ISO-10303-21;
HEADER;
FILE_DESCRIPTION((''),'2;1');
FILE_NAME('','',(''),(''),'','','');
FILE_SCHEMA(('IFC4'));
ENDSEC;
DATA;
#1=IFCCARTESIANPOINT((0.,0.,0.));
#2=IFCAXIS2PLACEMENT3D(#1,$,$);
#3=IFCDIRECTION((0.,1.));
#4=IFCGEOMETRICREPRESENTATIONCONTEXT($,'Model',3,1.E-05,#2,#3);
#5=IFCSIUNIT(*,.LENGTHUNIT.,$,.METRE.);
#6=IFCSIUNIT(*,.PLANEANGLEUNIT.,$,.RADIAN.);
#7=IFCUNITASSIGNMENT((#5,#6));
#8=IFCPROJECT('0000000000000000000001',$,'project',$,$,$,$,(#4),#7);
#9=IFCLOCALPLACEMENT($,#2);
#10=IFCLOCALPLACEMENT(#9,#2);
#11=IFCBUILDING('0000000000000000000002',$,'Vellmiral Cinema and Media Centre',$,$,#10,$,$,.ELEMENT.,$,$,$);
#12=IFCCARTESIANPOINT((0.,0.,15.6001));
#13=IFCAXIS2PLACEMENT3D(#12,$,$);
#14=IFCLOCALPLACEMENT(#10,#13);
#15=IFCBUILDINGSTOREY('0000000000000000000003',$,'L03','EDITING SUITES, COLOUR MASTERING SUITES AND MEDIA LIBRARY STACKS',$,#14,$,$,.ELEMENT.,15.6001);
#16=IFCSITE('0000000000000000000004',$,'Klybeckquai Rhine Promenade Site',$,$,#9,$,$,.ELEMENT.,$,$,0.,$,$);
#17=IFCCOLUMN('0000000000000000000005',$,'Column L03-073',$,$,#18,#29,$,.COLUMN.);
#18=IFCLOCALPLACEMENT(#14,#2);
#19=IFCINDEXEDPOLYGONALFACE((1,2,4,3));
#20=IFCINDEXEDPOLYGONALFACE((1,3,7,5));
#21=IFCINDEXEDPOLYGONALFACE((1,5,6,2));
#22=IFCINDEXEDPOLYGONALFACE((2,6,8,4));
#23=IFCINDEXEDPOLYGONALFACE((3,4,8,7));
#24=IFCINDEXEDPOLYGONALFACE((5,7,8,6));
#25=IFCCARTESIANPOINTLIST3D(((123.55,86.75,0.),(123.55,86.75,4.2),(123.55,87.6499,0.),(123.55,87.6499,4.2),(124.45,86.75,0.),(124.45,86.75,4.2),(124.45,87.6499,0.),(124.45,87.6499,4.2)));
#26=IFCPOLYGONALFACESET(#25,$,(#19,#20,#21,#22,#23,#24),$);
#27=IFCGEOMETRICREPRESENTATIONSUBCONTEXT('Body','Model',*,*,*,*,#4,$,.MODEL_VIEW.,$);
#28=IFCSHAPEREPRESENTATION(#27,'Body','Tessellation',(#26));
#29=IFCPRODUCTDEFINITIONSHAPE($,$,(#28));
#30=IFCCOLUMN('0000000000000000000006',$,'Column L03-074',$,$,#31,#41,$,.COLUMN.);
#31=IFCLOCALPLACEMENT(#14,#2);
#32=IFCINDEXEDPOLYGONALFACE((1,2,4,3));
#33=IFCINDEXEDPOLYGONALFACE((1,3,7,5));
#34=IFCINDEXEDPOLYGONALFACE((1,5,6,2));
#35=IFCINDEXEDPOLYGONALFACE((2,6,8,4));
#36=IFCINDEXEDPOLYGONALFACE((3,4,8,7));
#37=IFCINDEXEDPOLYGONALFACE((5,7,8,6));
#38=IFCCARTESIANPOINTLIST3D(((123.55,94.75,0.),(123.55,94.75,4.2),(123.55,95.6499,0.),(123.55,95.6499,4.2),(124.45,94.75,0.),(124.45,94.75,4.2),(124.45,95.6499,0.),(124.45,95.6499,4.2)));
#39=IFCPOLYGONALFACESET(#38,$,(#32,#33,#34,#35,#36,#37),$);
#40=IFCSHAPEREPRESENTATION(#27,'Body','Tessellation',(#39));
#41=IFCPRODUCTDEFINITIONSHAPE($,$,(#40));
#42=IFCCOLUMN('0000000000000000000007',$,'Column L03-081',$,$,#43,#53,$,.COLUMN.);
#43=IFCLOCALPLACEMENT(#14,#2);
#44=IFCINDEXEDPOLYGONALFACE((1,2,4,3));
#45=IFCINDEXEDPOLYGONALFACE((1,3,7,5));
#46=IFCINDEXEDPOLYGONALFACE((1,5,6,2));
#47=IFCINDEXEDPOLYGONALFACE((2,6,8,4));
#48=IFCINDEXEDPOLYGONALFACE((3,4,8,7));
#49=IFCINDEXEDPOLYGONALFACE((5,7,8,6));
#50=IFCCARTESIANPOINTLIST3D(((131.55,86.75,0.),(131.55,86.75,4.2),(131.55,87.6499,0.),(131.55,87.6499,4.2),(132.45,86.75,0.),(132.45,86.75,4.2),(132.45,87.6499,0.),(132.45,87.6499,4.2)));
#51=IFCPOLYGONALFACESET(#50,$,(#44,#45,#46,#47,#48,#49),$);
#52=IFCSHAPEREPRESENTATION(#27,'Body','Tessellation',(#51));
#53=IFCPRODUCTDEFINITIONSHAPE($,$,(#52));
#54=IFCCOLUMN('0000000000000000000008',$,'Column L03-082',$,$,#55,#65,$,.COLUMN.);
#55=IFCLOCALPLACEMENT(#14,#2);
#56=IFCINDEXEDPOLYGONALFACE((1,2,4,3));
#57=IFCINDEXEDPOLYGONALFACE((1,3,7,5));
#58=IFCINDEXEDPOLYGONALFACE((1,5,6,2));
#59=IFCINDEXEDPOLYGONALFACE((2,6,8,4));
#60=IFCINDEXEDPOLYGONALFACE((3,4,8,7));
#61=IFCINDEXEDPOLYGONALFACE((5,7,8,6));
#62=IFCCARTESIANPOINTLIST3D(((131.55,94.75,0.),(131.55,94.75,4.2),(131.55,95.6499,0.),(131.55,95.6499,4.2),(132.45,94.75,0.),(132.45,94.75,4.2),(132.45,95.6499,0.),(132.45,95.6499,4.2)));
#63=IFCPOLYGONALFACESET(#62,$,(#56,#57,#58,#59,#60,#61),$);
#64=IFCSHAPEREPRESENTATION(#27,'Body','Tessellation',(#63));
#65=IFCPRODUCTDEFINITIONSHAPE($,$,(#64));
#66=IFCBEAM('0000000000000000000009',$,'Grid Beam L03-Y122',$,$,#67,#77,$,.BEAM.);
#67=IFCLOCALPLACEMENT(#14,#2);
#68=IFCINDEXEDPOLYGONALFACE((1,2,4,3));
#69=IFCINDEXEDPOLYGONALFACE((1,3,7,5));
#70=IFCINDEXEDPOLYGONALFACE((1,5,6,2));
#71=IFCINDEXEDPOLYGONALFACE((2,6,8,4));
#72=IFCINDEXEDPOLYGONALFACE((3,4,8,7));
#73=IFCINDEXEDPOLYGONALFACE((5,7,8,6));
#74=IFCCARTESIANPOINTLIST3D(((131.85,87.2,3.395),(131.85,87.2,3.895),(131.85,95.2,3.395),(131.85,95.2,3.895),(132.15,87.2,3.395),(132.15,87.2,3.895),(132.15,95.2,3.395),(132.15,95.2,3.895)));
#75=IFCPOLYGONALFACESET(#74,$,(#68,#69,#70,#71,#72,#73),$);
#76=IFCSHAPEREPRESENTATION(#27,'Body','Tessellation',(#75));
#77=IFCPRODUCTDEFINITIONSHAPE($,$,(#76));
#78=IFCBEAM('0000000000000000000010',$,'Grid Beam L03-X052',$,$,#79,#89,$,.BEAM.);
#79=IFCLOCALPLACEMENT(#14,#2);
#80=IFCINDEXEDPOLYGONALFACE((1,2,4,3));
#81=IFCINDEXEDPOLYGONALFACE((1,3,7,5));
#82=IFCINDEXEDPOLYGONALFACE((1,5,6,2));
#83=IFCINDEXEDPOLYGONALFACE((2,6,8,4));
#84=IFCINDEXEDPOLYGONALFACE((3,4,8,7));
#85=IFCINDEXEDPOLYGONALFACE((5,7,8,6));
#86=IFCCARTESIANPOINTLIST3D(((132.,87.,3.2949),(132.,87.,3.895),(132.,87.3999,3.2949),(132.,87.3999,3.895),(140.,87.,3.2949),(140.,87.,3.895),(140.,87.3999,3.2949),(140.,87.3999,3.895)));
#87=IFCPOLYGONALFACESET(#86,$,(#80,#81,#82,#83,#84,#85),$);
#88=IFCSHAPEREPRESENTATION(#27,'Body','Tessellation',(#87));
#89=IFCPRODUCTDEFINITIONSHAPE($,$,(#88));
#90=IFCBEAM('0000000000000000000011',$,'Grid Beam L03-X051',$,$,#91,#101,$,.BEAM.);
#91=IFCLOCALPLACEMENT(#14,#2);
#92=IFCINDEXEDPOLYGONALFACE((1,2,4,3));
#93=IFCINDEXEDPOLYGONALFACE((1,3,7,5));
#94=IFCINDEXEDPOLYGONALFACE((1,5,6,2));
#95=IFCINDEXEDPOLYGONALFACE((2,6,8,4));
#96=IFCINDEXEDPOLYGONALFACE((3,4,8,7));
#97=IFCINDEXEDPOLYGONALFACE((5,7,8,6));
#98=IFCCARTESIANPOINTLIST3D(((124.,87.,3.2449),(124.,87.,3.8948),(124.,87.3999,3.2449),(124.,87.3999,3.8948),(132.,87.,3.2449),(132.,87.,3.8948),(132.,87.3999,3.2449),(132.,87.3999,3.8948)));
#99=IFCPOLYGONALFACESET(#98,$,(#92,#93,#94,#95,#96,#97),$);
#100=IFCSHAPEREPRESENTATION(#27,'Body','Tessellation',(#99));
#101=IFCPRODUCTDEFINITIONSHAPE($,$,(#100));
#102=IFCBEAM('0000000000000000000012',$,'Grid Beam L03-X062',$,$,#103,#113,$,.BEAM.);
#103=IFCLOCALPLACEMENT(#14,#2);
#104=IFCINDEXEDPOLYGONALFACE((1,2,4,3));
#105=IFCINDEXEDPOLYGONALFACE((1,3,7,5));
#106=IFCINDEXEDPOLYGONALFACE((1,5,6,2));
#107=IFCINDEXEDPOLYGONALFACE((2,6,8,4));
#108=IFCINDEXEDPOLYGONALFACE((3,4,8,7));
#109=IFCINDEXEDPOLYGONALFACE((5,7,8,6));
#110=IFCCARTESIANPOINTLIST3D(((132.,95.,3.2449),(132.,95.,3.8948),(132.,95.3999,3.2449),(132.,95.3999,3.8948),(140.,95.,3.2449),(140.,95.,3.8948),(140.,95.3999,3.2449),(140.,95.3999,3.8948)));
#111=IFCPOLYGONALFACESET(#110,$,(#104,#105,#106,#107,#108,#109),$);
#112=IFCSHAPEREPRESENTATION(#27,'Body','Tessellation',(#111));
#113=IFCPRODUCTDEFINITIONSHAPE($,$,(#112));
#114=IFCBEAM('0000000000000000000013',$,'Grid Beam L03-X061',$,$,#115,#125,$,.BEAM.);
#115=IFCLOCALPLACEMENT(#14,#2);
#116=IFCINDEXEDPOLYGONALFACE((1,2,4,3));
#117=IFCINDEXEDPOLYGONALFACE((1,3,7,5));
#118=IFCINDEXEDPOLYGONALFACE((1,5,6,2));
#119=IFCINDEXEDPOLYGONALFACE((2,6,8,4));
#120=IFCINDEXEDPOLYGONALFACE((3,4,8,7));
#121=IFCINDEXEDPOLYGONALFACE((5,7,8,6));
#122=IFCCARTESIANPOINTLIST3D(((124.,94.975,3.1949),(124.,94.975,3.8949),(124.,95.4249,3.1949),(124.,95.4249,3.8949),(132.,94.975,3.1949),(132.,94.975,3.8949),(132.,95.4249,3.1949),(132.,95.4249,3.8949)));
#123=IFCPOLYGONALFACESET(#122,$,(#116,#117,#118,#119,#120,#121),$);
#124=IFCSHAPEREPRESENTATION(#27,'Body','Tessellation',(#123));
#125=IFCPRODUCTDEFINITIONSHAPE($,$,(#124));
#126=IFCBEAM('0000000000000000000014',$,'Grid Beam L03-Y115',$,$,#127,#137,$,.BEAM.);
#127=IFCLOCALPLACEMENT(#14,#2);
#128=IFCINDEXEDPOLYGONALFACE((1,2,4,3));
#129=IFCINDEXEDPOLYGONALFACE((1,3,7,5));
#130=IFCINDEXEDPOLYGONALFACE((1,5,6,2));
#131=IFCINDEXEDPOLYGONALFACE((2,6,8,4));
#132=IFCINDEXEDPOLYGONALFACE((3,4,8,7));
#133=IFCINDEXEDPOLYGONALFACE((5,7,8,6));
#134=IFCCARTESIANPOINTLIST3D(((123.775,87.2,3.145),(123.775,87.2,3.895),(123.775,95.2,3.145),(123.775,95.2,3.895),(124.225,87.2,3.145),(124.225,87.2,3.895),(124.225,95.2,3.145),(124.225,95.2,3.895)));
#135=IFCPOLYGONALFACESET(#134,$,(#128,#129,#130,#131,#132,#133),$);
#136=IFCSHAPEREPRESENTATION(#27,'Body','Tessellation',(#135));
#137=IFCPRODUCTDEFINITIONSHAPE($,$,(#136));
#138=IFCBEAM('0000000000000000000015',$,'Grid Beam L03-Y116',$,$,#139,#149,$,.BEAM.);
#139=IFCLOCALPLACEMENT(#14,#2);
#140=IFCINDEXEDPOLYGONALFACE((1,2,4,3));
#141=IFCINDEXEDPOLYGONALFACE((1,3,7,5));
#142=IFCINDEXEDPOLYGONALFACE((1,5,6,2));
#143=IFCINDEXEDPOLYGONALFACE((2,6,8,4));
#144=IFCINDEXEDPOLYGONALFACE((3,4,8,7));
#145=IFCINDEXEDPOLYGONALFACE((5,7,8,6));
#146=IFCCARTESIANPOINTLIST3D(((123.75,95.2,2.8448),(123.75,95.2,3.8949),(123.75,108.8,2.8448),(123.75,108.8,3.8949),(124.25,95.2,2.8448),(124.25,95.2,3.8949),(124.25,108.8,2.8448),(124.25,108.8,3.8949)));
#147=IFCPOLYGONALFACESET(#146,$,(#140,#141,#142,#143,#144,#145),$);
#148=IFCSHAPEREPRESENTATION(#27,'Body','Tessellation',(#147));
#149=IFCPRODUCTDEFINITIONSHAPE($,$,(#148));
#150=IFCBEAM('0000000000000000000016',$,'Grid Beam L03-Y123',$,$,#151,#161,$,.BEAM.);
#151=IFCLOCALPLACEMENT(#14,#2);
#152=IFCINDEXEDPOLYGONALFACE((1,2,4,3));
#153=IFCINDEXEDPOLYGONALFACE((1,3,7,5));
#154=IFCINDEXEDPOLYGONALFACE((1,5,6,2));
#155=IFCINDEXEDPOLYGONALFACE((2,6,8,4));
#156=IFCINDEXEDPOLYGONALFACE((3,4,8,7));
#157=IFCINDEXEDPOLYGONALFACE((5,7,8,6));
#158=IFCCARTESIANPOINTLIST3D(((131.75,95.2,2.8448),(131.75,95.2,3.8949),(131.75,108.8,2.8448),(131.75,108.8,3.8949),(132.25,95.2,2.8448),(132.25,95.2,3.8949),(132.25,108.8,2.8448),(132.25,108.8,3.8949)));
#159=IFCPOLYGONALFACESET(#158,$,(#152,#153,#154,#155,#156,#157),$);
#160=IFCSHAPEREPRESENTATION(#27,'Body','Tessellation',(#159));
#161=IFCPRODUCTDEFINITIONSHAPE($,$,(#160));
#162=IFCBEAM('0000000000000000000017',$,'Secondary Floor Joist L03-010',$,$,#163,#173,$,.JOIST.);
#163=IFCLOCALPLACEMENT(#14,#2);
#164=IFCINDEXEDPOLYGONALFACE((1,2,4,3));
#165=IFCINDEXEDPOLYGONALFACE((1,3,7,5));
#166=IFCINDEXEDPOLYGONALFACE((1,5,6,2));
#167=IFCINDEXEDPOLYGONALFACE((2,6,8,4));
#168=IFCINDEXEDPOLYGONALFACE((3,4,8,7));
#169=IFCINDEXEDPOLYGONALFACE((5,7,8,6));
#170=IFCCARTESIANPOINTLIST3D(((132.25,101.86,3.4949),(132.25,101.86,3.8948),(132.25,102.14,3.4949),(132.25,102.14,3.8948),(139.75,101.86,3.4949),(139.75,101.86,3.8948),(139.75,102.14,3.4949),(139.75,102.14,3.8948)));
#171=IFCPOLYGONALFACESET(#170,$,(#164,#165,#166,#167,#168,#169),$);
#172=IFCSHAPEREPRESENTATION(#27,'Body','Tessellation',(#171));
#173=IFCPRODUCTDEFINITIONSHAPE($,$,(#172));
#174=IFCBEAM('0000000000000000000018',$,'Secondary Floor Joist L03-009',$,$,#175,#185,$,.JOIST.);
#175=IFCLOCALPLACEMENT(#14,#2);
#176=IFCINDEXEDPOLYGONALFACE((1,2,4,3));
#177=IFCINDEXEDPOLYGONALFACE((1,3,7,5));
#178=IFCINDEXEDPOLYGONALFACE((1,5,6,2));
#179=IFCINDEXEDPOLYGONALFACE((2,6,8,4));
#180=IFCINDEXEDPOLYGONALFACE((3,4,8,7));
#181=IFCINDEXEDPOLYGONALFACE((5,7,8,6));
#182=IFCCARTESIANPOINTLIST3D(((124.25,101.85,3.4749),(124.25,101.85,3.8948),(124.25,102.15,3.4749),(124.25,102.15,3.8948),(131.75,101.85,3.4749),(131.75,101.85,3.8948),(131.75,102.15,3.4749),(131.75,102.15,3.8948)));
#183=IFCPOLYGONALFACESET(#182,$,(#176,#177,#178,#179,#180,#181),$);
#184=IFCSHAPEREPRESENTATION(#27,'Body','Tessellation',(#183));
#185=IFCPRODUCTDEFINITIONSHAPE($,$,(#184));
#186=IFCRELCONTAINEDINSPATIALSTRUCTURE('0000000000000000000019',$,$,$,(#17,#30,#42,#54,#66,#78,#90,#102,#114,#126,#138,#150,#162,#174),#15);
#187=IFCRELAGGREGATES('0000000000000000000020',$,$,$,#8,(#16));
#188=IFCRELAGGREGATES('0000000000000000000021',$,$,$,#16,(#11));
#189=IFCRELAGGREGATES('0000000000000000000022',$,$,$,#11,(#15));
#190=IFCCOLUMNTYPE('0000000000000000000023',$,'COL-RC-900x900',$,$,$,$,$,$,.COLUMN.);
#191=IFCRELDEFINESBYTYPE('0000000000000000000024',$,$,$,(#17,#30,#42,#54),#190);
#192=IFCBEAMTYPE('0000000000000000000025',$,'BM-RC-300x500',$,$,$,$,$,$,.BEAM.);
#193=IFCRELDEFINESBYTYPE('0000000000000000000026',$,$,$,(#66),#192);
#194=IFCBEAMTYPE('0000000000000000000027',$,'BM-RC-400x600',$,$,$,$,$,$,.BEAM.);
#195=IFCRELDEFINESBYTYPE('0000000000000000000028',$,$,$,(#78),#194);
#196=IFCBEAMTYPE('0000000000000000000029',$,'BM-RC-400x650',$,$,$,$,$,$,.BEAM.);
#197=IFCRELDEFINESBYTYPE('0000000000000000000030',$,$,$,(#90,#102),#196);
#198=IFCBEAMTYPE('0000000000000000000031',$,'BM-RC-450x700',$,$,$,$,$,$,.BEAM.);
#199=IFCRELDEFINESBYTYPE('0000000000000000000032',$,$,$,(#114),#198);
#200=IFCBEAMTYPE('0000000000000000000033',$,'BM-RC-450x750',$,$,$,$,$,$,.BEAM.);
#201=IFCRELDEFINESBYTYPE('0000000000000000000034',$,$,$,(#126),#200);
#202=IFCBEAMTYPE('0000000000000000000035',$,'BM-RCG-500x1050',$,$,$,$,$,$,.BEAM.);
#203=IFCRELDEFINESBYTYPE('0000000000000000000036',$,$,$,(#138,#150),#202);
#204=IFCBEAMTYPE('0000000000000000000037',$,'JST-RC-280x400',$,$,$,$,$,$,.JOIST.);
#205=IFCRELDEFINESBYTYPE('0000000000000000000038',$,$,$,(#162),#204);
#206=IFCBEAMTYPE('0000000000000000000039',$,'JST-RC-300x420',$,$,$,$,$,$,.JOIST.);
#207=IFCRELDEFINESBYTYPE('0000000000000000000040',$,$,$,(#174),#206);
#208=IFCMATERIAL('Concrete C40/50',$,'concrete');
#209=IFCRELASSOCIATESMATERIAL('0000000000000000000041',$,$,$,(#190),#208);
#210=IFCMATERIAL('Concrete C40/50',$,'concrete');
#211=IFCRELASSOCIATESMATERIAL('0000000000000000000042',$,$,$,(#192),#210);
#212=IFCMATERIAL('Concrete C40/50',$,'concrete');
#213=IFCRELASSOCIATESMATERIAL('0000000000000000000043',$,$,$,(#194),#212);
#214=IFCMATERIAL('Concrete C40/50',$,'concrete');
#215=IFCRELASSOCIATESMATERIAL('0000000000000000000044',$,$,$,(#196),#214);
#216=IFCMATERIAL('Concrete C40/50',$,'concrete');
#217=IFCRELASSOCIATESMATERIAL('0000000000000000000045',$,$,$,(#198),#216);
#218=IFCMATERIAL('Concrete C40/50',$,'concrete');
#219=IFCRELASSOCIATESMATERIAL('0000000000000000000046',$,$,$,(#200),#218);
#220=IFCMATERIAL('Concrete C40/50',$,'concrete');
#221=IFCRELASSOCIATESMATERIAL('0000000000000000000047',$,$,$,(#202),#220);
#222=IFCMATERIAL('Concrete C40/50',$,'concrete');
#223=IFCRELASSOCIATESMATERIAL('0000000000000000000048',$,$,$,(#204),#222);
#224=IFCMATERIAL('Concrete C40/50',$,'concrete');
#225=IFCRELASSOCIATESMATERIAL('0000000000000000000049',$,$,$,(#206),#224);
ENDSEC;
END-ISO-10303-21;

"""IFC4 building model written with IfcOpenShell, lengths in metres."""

from ifc_helpers import new_model, si_unit, direction, frame, origin, origin_2d, place, context, subcontext, project, spatial, rectangle, extrude, material, material_profile, profile_set, type_object, element, save


model = new_model("IFC4")

# Units and contexts
model_context = context("Model", 3, precision=1e-05, world=origin(), true_north=direction((0.0, 1.0)))
body_context = subcontext(model_context, "Body", "Model", "MODEL_VIEW")
ifc_project = project(units=[si_unit("LENGTHUNIT", "METRE"), si_unit("PLANEANGLEUNIT", "RADIAN")], contexts=[model_context])

# Site, building, storey
site_placement = place(None, origin())
site = spatial("IfcSite", under=ifc_project, at=site_placement, Name="Klybeckquai Rhine Promenade Site", CompositionType="ELEMENT", RefElevation=0.0)
building_placement = place(site_placement, origin())
building = spatial("IfcBuilding", under=site, at=building_placement, Name="Vellmiral Cinema and Media Centre", CompositionType="ELEMENT")
storey_placement = place(building_placement, frame((0.0, 0.0, 15.6001)))
storey = spatial("IfcBuildingStorey", under=building, at=storey_placement, Name="L03", Description="EDITING SUITES, COLOUR MASTERING SUITES AND MEDIA LIBRARY STACKS", CompositionType="ELEMENT", Elevation=15.6001)

# Columns
ifc_material_1 = material(Name="Concrete C40/50", Category="concrete")
ifc_material_profile_1 = material_profile(ifc_material_1, rectangle(XDim=0.8999, YDim=0.8999, at=origin_2d()), Name="RC 900x900")
ifc_profile_set_1 = profile_set([ifc_material_profile_1], Name="Concrete C40/50")
column_type = type_object("IfcColumnType", Name="COL-RC-900x900", PredefinedType="COLUMN", material=ifc_profile_set_1)
for number, where, z_axis, x_axis, name in (
    (1, (124.0, 87.2, 0.0), (0.0, 0.0, 1.0), (1.0, 0.0, 0.0), "Column L03-073"),
    (2, (124.0, 95.2, 0.0), (0.0, 0.0, 1.0), (1.0, 0.0, 0.0), "Column L03-074"),
    (3, (132.0, 87.2, 0.0), (0.0, 0.0, 1.0), (1.0, 0.0, 0.0), "Column L03-081"),
    (4, (132.0, 95.2, 0.0), (0.0, 0.0, 1.0), (1.0, 0.0, 0.0), "Column L03-082"),
):
    element("IfcColumn", number, at=place(storey_placement, frame(where, z_axis=z_axis, x_axis=x_axis)), inside=storey, type_object=column_type, Name=name, PredefinedType="COLUMN", context=body_context, shape_type="SweptSolid", body=[
        extrude(rectangle(XDim=0.8999, YDim=0.8999, at=origin_2d()), origin(), (0.0, 0.0, 1.0), 4.2),
    ])

# Beams
ifc_material_2 = material(Name="Concrete C40/50", Category="concrete")
ifc_material_profile_2 = material_profile(ifc_material_2, rectangle(XDim=0.3, YDim=0.5, at=origin_2d()), Name="RC 300x500")
ifc_profile_set_2 = profile_set([ifc_material_profile_2], Name="Concrete C40/50")
beam_type_1 = type_object("IfcBeamType", Name="BM-RC-300x500", PredefinedType="BEAM", material=ifc_profile_set_2)
beam_1_placement = place(storey_placement, frame((132.0, 87.2, 3.645), z_axis=(0.0, 1.0, 0.0), x_axis=(-1.0, 0.0, 0.0)))
element("IfcBeam", 5, at=beam_1_placement, inside=storey, type_object=beam_type_1, Name="Grid Beam L03-Y122", PredefinedType="BEAM", context=body_context, shape_type="SweptSolid", body=[
    extrude(rectangle(XDim=0.3, YDim=0.5, at=origin_2d()), origin(), (0.0, 0.0, 1.0), 8.0),
])
ifc_material_3 = material(Name="Concrete C40/50", Category="concrete")
ifc_material_profile_3 = material_profile(ifc_material_3, rectangle(XDim=0.3999, YDim=0.6001, at=origin_2d()), Name="RC 400x600")
ifc_profile_set_3 = profile_set([ifc_material_profile_3], Name="Concrete C40/50")
beam_type_2 = type_object("IfcBeamType", Name="BM-RC-400x600", PredefinedType="BEAM", material=ifc_profile_set_3)
beam_2_placement = place(storey_placement, frame((132.0, 87.2, 3.595), z_axis=(1.0, 0.0, 0.0), x_axis=(0.0, 1.0, 0.0)))
element("IfcBeam", 6, at=beam_2_placement, inside=storey, type_object=beam_type_2, Name="Grid Beam L03-X052", PredefinedType="BEAM", context=body_context, shape_type="SweptSolid", body=[
    extrude(rectangle(XDim=0.3999, YDim=0.6001, at=origin_2d()), origin(), (0.0, 0.0, 1.0), 8.0),
])
ifc_material_4 = material(Name="Concrete C40/50", Category="concrete")
ifc_material_profile_4 = material_profile(ifc_material_4, rectangle(XDim=0.3999, YDim=0.6499, at=origin_2d()), Name="RC 400x650")
ifc_profile_set_4 = profile_set([ifc_material_profile_4], Name="Concrete C40/50")
beam_type_3 = type_object("IfcBeamType", Name="BM-RC-400x650", PredefinedType="BEAM", material=ifc_profile_set_4)
for number, where, z_axis, x_axis, name in (
    (7, (124.0, 87.2, 3.5698), (1.0, 0.0, 0.0), (0.0, 1.0, 0.0), "Grid Beam L03-X051"),
    (8, (132.0, 95.2, 3.5698), (1.0, 0.0, 0.0), (0.0, 1.0, 0.0), "Grid Beam L03-X062"),
):
    element("IfcBeam", number, at=place(storey_placement, frame(where, z_axis=z_axis, x_axis=x_axis)), inside=storey, type_object=beam_type_3, Name=name, PredefinedType="BEAM", context=body_context, shape_type="SweptSolid", body=[
        extrude(rectangle(XDim=0.3999, YDim=0.6499, at=origin_2d()), origin(), (0.0, 0.0, 1.0), 8.0),
    ])
ifc_material_5 = material(Name="Concrete C40/50", Category="concrete")
ifc_material_profile_5 = material_profile(ifc_material_5, rectangle(XDim=0.45, YDim=0.7, at=origin_2d()), Name="RC 450x700")
ifc_profile_set_5 = profile_set([ifc_material_profile_5], Name="Concrete C40/50")
beam_type_4 = type_object("IfcBeamType", Name="BM-RC-450x700", PredefinedType="BEAM", material=ifc_profile_set_5)
beam_3_placement = place(storey_placement, frame((124.0, 95.2, 3.5449), z_axis=(1.0, 0.0, 0.0), x_axis=(0.0, 1.0, 0.0)))
element("IfcBeam", 9, at=beam_3_placement, inside=storey, type_object=beam_type_4, Name="Grid Beam L03-X061", PredefinedType="BEAM", context=body_context, shape_type="SweptSolid", body=[
    extrude(rectangle(XDim=0.45, YDim=0.7, at=origin_2d()), origin(), (0.0, 0.0, 1.0), 8.0),
])
ifc_material_6 = material(Name="Concrete C40/50", Category="concrete")
ifc_material_profile_6 = material_profile(ifc_material_6, rectangle(XDim=0.45, YDim=0.75, at=origin_2d()), Name="RC 450x750")
ifc_profile_set_6 = profile_set([ifc_material_profile_6], Name="Concrete C40/50")
beam_type_5 = type_object("IfcBeamType", Name="BM-RC-450x750", PredefinedType="BEAM", material=ifc_profile_set_6)
beam_4_placement = place(storey_placement, frame((124.0, 87.2, 3.52), z_axis=(0.0, 1.0, 0.0), x_axis=(-1.0, 0.0, 0.0)))
element("IfcBeam", 10, at=beam_4_placement, inside=storey, type_object=beam_type_5, Name="Grid Beam L03-Y115", PredefinedType="BEAM", context=body_context, shape_type="SweptSolid", body=[
    extrude(rectangle(XDim=0.45, YDim=0.75, at=origin_2d()), origin(), (0.0, 0.0, 1.0), 8.0),
])
ifc_material_7 = material(Name="Concrete C40/50", Category="concrete")
ifc_material_profile_7 = material_profile(ifc_material_7, rectangle(XDim=0.5, YDim=1.05, at=origin_2d()), Name="RC 500x1050")
ifc_profile_set_7 = profile_set([ifc_material_profile_7], Name="Concrete C40/50")
beam_type_6 = type_object("IfcBeamType", Name="BM-RCG-500x1050", PredefinedType="BEAM", material=ifc_profile_set_7)
for number, where, z_axis, x_axis, name in (
    (11, (124.0, 95.2, 3.3699), (0.0, 1.0, 0.0), (-1.0, 0.0, 0.0), "Grid Beam L03-Y116"),
    (12, (132.0, 95.2, 3.3699), (0.0, 1.0, 0.0), (-1.0, 0.0, 0.0), "Grid Beam L03-Y123"),
):
    element("IfcBeam", number, at=place(storey_placement, frame(where, z_axis=z_axis, x_axis=x_axis)), inside=storey, type_object=beam_type_6, Name=name, PredefinedType="BEAM", context=body_context, shape_type="SweptSolid", body=[
        extrude(rectangle(XDim=0.5, YDim=1.05, at=origin_2d()), origin(), (0.0, 0.0, 1.0), 13.6001),
    ])
ifc_material_8 = material(Name="Concrete C40/50", Category="concrete")
ifc_material_profile_8 = material_profile(ifc_material_8, rectangle(XDim=0.28, YDim=0.3999, at=origin_2d()), Name="RC 280x400")
ifc_profile_set_8 = profile_set([ifc_material_profile_8], Name="Concrete C40/50")
beam_type_7 = type_object("IfcBeamType", Name="JST-RC-280x400", PredefinedType="JOIST", material=ifc_profile_set_8)
beam_5_placement = place(storey_placement, frame((132.25, 102.0, 3.6948), z_axis=(1.0, 0.0, 0.0), x_axis=(0.0, 1.0, 0.0)))
element("IfcBeam", 13, at=beam_5_placement, inside=storey, type_object=beam_type_7, Name="Secondary Floor Joist L03-010", PredefinedType="JOIST", context=body_context, shape_type="SweptSolid", body=[
    extrude(rectangle(XDim=0.28, YDim=0.3999, at=origin_2d()), origin(), (0.0, 0.0, 1.0), 7.5),
])
ifc_material_9 = material(Name="Concrete C40/50", Category="concrete")
ifc_material_profile_9 = material_profile(ifc_material_9, rectangle(XDim=0.3, YDim=0.4199, at=origin_2d()), Name="RC 300x420")
ifc_profile_set_9 = profile_set([ifc_material_profile_9], Name="Concrete C40/50")
beam_type_8 = type_object("IfcBeamType", Name="JST-RC-300x420", PredefinedType="JOIST", material=ifc_profile_set_9)
beam_6_placement = place(storey_placement, frame((124.25, 102.0, 3.6848), z_axis=(1.0, 0.0, 0.0), x_axis=(0.0, 1.0, 0.0)))
element("IfcBeam", 14, at=beam_6_placement, inside=storey, type_object=beam_type_8, Name="Secondary Floor Joist L03-009", PredefinedType="JOIST", context=body_context, shape_type="SweptSolid", body=[
    extrude(rectangle(XDim=0.3, YDim=0.4199, at=origin_2d()), origin(), (0.0, 0.0, 1.0), 7.5),
])

save(model, "model.ifc")
